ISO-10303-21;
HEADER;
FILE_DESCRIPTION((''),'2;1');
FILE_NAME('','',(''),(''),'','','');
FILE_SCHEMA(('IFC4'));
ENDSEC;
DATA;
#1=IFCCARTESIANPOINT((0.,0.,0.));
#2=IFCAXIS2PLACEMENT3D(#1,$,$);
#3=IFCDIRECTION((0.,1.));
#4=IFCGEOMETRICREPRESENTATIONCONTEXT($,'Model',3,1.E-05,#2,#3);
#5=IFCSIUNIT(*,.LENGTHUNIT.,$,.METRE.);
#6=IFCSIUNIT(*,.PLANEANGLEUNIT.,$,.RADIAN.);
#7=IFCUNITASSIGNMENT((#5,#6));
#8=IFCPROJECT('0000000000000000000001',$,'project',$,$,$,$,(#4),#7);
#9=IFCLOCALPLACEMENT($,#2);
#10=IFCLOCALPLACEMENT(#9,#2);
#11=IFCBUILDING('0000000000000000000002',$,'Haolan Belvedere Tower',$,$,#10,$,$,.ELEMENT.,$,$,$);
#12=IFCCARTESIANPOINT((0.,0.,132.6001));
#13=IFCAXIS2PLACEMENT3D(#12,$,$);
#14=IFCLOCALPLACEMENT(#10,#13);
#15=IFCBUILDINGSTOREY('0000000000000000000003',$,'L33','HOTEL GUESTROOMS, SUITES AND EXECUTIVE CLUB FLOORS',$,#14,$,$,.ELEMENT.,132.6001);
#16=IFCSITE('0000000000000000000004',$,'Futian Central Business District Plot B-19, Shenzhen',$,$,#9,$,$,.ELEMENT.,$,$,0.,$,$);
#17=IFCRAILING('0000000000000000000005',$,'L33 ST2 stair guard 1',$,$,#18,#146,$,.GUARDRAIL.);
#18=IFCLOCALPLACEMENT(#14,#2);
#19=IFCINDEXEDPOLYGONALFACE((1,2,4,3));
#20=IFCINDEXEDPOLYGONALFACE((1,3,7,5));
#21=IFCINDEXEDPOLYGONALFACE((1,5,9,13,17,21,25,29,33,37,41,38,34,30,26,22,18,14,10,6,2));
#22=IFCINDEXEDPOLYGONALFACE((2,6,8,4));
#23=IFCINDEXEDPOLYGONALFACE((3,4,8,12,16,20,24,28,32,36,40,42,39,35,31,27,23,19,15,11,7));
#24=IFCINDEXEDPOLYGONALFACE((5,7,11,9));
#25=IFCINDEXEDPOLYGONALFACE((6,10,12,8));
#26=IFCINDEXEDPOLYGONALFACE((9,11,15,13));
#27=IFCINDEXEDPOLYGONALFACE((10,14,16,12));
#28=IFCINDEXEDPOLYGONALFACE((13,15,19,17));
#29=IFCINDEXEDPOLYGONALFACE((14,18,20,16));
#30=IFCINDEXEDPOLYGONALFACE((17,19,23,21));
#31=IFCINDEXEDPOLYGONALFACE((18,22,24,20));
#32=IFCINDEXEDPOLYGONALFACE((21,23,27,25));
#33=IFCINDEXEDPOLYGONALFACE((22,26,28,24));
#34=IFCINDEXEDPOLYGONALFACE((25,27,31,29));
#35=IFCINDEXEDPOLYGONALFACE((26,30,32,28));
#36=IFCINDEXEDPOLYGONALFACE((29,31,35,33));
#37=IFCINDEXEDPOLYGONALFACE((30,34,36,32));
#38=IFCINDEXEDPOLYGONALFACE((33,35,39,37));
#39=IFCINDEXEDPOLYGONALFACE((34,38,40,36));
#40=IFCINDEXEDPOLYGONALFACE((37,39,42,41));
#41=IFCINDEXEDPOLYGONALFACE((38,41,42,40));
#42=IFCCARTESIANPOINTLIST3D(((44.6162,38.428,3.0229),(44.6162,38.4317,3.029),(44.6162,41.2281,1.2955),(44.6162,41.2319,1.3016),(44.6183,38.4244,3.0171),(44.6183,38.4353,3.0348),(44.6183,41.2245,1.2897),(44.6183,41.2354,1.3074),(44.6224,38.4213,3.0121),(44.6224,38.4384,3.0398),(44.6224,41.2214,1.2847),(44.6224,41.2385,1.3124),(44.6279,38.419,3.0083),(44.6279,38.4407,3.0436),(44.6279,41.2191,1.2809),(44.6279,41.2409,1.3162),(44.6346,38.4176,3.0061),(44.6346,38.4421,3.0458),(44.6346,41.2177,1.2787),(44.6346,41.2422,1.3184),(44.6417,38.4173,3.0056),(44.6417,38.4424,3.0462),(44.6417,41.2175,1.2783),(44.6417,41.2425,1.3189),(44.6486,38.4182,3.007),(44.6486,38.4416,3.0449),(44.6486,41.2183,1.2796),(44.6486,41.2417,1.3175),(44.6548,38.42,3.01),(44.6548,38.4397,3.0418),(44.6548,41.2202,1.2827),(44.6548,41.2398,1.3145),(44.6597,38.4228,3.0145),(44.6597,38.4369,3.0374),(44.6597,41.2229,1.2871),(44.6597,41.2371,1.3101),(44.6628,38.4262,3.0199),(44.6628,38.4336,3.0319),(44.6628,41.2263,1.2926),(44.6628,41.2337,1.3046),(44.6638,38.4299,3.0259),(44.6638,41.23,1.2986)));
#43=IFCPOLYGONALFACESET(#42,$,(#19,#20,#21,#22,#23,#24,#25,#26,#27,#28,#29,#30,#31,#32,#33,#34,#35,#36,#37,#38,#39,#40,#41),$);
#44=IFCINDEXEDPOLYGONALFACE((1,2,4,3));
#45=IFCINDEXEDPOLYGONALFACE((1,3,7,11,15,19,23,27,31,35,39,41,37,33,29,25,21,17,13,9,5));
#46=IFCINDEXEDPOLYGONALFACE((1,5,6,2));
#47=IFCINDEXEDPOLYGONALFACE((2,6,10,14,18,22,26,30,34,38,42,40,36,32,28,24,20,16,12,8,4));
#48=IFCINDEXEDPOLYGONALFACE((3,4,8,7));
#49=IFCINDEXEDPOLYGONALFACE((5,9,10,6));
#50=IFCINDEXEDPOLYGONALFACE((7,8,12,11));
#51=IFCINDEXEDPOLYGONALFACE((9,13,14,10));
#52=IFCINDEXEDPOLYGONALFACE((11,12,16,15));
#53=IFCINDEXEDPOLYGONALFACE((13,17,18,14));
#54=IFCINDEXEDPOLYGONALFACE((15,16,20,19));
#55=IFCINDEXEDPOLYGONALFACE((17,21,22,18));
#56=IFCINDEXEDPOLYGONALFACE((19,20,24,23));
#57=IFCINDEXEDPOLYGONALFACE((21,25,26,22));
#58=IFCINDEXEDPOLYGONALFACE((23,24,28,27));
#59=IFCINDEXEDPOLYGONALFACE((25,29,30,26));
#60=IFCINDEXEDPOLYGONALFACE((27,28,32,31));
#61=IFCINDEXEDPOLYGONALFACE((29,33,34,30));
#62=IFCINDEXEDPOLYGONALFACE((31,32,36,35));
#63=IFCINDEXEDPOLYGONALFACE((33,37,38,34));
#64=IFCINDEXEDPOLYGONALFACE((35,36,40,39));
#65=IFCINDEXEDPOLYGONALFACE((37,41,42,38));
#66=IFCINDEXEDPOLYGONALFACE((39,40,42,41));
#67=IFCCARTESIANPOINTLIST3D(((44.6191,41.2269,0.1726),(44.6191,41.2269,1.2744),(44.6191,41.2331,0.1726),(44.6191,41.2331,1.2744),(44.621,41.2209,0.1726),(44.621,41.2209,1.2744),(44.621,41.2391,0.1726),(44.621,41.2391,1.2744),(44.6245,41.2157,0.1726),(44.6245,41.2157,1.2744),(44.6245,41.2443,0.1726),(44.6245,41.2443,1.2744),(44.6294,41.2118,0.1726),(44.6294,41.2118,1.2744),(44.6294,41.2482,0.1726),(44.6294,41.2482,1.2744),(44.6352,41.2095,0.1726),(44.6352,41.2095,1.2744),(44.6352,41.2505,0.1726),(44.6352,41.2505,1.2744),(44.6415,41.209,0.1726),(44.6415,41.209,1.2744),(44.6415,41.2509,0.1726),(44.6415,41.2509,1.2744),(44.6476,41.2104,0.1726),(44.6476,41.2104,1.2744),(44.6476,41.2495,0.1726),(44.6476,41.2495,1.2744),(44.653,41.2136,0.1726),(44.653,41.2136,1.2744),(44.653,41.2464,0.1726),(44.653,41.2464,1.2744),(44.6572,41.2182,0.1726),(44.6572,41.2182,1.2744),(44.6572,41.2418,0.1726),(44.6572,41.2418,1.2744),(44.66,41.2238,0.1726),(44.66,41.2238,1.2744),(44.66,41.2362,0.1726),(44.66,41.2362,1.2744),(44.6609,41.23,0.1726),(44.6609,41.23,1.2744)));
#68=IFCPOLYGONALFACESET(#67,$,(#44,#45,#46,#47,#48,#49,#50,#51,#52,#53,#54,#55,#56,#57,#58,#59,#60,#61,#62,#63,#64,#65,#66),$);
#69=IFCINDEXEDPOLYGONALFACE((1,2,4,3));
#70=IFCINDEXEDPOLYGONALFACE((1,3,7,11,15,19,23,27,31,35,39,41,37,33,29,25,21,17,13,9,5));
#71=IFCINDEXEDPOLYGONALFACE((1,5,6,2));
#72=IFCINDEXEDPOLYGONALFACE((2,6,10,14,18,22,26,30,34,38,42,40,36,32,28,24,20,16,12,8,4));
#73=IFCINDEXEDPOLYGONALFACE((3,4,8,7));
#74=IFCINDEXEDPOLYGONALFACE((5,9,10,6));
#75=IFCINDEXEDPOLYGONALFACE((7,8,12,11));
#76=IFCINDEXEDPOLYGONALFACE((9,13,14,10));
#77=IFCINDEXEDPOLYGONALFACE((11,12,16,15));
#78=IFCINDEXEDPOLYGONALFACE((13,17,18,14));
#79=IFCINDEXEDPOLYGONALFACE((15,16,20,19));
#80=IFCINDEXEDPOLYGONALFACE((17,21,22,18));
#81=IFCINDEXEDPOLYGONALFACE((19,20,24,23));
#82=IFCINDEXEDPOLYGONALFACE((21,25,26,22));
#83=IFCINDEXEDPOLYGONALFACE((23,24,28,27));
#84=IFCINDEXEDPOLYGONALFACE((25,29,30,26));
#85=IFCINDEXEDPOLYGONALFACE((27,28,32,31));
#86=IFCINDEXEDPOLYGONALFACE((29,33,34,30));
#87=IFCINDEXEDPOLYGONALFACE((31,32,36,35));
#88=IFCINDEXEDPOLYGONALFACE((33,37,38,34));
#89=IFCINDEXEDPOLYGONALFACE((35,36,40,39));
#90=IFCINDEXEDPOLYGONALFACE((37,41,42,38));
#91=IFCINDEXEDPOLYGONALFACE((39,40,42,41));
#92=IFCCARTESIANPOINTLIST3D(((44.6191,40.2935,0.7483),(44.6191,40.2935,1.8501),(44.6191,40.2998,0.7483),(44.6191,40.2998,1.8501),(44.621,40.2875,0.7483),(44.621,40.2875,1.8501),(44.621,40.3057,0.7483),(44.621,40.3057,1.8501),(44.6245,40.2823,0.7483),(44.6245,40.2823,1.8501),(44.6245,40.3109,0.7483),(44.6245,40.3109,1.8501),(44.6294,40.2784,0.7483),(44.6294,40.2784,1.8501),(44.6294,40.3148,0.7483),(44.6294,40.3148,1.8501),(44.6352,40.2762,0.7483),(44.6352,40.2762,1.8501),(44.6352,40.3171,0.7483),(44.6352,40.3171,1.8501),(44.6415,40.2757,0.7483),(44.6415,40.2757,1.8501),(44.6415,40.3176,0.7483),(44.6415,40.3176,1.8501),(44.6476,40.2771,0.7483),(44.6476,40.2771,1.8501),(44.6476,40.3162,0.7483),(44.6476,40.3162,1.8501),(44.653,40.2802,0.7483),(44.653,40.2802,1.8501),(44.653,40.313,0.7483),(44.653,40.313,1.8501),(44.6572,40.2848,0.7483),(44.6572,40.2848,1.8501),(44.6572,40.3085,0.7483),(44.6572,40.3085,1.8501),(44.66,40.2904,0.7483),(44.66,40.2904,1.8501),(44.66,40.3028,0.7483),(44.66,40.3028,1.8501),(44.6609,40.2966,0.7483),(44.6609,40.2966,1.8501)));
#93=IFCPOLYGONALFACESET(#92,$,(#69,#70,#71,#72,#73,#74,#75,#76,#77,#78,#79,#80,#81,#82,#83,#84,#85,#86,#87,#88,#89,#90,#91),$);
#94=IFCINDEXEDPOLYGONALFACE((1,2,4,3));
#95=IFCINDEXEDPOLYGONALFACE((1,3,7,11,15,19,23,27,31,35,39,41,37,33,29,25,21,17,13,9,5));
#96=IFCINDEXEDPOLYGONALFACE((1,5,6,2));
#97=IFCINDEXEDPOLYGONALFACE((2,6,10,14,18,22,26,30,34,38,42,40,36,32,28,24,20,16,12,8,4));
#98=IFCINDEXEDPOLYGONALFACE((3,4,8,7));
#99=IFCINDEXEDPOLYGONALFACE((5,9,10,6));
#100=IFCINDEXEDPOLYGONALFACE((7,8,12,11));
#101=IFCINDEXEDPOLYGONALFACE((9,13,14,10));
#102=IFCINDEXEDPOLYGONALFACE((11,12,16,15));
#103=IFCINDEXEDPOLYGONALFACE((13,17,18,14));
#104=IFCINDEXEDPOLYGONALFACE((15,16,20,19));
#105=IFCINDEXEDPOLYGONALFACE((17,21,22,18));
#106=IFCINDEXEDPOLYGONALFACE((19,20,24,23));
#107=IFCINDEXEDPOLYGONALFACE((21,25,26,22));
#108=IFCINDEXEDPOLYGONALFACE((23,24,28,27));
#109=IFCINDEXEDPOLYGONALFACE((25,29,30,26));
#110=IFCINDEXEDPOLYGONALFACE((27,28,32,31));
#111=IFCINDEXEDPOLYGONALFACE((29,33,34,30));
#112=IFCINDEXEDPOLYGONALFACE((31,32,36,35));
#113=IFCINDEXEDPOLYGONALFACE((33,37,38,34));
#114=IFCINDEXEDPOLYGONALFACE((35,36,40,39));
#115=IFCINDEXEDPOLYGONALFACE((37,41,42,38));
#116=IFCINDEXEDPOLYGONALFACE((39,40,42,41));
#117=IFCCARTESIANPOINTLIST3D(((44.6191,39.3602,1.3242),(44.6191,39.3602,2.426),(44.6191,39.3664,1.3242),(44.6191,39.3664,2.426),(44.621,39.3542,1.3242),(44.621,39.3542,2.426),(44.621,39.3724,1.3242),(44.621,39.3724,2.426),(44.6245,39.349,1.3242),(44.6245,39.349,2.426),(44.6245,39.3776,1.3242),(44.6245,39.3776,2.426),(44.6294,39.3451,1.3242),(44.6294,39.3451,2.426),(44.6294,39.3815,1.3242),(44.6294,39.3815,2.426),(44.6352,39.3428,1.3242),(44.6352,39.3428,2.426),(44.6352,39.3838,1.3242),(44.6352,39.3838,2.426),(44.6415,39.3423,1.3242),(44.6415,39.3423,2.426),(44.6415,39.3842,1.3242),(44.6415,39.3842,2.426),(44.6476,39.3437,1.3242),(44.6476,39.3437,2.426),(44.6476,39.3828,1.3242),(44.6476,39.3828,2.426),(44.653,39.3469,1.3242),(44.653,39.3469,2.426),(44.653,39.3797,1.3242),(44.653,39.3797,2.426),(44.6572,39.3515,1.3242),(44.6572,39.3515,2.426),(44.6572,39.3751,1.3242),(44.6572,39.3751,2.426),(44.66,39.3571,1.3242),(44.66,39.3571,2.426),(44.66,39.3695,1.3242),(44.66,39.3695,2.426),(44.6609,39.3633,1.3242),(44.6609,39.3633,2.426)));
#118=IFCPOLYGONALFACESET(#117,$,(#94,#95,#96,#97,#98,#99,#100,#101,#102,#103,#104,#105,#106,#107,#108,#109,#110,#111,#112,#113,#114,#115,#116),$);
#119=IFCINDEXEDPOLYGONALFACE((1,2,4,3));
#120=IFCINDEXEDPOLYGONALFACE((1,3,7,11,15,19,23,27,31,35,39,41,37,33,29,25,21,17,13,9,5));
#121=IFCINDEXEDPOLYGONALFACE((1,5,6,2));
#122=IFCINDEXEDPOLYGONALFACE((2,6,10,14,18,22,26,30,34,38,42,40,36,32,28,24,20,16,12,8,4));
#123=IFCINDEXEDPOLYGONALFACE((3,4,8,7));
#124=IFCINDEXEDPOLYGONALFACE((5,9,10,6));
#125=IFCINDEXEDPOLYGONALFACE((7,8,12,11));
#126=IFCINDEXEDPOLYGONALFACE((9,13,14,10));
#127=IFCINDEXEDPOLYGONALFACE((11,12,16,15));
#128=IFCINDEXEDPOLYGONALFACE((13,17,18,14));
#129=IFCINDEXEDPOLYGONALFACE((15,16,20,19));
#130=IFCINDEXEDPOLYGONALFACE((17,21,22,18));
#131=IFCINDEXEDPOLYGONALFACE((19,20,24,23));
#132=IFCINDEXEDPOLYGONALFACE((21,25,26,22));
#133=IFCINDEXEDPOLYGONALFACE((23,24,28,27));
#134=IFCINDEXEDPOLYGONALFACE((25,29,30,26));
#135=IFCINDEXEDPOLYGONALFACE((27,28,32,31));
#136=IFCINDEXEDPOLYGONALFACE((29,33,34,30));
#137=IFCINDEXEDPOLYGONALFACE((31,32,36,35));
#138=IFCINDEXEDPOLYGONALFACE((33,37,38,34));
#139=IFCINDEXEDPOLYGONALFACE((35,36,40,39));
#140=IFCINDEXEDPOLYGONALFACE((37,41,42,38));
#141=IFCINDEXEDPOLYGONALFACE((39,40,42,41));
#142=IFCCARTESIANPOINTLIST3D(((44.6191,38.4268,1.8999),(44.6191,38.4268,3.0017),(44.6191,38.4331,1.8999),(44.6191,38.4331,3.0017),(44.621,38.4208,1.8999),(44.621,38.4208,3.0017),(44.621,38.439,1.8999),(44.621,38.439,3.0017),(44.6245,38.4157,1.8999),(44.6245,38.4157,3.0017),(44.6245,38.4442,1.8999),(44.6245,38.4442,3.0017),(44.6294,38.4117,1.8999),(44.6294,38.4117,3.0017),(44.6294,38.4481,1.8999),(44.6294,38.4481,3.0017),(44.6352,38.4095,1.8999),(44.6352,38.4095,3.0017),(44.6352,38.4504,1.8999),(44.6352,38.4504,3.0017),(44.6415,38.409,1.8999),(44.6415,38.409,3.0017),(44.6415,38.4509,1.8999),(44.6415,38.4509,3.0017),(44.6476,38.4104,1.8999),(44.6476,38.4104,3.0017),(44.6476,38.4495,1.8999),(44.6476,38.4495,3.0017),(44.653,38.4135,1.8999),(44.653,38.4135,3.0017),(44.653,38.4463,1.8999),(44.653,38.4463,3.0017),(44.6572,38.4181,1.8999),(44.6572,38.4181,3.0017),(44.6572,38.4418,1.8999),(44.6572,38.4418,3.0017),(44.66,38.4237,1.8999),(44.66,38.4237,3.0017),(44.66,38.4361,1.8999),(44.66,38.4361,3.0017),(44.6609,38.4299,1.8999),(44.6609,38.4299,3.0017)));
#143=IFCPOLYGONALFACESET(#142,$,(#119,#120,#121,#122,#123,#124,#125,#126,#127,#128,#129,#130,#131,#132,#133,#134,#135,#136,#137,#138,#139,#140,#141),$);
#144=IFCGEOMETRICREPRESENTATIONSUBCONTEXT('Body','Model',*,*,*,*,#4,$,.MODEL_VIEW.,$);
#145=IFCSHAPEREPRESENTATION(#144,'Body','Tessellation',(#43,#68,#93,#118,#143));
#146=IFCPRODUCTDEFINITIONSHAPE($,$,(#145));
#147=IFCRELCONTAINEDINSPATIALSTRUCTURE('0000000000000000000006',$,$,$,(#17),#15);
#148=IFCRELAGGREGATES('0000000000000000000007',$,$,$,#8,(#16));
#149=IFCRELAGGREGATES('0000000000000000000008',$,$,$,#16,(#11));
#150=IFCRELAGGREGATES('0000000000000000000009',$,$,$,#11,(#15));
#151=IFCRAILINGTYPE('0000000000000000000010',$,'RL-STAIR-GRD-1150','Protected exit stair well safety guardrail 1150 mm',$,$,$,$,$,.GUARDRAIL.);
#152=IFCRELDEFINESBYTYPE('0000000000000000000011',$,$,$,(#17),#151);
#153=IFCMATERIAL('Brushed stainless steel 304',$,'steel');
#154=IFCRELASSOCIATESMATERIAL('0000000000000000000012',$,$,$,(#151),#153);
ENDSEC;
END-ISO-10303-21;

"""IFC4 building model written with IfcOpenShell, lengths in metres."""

from ifc_helpers import new_model, si_unit, direction, frame, origin, origin_2d, place, context, subcontext, project, spatial, circle, extrude, material, type_object, element, save


model = new_model("IFC4")

# Units and contexts
model_context = context("Model", 3, precision=1e-05, world=origin(), true_north=direction((0.0, 1.0)))
body_context = subcontext(model_context, "Body", "Model", "MODEL_VIEW")
ifc_project = project(units=[si_unit("LENGTHUNIT", "METRE"), si_unit("PLANEANGLEUNIT", "RADIAN")], contexts=[model_context])

# Site, building, storey
site_placement = place(None, origin())
site = spatial("IfcSite", under=ifc_project, at=site_placement, Name="Futian Central Business District Plot B-19, Shenzhen", CompositionType="ELEMENT", RefElevation=0.0)
building_placement = place(site_placement, origin())
building = spatial("IfcBuilding", under=site, at=building_placement, Name="Haolan Belvedere Tower", CompositionType="ELEMENT")
storey_placement = place(building_placement, frame((0.0, 0.0, 132.6001)))
storey = spatial("IfcBuildingStorey", under=building, at=storey_placement, Name="L33", Description="HOTEL GUESTROOMS, SUITES AND EXECUTIVE CLUB FLOORS", CompositionType="ELEMENT", Elevation=132.6001)

# Railing
ifc_material_1 = material(Name="Brushed stainless steel 304", Category="steel")
railing_type_1 = type_object("IfcRailingType", Name="RL-STAIR-GRD-1150", Description="Protected exit stair well safety guardrail 1150 mm", PredefinedType="GUARDRAIL", material=ifc_material_1)
railing_1_placement = place(storey_placement, frame((44.6399, 41.23, 0.1726)))
element("IfcRailing", 1, at=railing_1_placement, inside=storey, type_object=railing_type_1, Name="L33 ST2 stair guard 1", PredefinedType="GUARDRAIL", context=body_context, shape_type="SweptSolid", body=[
    extrude(circle(Radius=0.0239, at=origin_2d()), frame((0.0, 0.0, 1.126), z_axis=(0.0, -0.85109, 0.52502), x_axis=(1.0, 0.0, 0.0)), (0.0, 0.0, 1.0), 3.29),
    extrude(circle(Radius=0.021, at=origin_2d()), origin(), (0.0, 0.0, 1.0), 1.1018),
    extrude(circle(Radius=0.021, at=origin_2d()), frame((0.0, -0.9333, 0.5757)), (0.0, 0.0, 1.0), 1.1018),
    extrude(circle(Radius=0.021, at=origin_2d()), frame((0.0, -1.8667, 1.1516)), (0.0, 0.0, 1.0), 1.1018),
    extrude(circle(Radius=0.021, at=origin_2d()), frame((0.0, -2.8, 1.7273)), (0.0, 0.0, 1.0), 1.1018),
])

save(model, "model.ifc")
